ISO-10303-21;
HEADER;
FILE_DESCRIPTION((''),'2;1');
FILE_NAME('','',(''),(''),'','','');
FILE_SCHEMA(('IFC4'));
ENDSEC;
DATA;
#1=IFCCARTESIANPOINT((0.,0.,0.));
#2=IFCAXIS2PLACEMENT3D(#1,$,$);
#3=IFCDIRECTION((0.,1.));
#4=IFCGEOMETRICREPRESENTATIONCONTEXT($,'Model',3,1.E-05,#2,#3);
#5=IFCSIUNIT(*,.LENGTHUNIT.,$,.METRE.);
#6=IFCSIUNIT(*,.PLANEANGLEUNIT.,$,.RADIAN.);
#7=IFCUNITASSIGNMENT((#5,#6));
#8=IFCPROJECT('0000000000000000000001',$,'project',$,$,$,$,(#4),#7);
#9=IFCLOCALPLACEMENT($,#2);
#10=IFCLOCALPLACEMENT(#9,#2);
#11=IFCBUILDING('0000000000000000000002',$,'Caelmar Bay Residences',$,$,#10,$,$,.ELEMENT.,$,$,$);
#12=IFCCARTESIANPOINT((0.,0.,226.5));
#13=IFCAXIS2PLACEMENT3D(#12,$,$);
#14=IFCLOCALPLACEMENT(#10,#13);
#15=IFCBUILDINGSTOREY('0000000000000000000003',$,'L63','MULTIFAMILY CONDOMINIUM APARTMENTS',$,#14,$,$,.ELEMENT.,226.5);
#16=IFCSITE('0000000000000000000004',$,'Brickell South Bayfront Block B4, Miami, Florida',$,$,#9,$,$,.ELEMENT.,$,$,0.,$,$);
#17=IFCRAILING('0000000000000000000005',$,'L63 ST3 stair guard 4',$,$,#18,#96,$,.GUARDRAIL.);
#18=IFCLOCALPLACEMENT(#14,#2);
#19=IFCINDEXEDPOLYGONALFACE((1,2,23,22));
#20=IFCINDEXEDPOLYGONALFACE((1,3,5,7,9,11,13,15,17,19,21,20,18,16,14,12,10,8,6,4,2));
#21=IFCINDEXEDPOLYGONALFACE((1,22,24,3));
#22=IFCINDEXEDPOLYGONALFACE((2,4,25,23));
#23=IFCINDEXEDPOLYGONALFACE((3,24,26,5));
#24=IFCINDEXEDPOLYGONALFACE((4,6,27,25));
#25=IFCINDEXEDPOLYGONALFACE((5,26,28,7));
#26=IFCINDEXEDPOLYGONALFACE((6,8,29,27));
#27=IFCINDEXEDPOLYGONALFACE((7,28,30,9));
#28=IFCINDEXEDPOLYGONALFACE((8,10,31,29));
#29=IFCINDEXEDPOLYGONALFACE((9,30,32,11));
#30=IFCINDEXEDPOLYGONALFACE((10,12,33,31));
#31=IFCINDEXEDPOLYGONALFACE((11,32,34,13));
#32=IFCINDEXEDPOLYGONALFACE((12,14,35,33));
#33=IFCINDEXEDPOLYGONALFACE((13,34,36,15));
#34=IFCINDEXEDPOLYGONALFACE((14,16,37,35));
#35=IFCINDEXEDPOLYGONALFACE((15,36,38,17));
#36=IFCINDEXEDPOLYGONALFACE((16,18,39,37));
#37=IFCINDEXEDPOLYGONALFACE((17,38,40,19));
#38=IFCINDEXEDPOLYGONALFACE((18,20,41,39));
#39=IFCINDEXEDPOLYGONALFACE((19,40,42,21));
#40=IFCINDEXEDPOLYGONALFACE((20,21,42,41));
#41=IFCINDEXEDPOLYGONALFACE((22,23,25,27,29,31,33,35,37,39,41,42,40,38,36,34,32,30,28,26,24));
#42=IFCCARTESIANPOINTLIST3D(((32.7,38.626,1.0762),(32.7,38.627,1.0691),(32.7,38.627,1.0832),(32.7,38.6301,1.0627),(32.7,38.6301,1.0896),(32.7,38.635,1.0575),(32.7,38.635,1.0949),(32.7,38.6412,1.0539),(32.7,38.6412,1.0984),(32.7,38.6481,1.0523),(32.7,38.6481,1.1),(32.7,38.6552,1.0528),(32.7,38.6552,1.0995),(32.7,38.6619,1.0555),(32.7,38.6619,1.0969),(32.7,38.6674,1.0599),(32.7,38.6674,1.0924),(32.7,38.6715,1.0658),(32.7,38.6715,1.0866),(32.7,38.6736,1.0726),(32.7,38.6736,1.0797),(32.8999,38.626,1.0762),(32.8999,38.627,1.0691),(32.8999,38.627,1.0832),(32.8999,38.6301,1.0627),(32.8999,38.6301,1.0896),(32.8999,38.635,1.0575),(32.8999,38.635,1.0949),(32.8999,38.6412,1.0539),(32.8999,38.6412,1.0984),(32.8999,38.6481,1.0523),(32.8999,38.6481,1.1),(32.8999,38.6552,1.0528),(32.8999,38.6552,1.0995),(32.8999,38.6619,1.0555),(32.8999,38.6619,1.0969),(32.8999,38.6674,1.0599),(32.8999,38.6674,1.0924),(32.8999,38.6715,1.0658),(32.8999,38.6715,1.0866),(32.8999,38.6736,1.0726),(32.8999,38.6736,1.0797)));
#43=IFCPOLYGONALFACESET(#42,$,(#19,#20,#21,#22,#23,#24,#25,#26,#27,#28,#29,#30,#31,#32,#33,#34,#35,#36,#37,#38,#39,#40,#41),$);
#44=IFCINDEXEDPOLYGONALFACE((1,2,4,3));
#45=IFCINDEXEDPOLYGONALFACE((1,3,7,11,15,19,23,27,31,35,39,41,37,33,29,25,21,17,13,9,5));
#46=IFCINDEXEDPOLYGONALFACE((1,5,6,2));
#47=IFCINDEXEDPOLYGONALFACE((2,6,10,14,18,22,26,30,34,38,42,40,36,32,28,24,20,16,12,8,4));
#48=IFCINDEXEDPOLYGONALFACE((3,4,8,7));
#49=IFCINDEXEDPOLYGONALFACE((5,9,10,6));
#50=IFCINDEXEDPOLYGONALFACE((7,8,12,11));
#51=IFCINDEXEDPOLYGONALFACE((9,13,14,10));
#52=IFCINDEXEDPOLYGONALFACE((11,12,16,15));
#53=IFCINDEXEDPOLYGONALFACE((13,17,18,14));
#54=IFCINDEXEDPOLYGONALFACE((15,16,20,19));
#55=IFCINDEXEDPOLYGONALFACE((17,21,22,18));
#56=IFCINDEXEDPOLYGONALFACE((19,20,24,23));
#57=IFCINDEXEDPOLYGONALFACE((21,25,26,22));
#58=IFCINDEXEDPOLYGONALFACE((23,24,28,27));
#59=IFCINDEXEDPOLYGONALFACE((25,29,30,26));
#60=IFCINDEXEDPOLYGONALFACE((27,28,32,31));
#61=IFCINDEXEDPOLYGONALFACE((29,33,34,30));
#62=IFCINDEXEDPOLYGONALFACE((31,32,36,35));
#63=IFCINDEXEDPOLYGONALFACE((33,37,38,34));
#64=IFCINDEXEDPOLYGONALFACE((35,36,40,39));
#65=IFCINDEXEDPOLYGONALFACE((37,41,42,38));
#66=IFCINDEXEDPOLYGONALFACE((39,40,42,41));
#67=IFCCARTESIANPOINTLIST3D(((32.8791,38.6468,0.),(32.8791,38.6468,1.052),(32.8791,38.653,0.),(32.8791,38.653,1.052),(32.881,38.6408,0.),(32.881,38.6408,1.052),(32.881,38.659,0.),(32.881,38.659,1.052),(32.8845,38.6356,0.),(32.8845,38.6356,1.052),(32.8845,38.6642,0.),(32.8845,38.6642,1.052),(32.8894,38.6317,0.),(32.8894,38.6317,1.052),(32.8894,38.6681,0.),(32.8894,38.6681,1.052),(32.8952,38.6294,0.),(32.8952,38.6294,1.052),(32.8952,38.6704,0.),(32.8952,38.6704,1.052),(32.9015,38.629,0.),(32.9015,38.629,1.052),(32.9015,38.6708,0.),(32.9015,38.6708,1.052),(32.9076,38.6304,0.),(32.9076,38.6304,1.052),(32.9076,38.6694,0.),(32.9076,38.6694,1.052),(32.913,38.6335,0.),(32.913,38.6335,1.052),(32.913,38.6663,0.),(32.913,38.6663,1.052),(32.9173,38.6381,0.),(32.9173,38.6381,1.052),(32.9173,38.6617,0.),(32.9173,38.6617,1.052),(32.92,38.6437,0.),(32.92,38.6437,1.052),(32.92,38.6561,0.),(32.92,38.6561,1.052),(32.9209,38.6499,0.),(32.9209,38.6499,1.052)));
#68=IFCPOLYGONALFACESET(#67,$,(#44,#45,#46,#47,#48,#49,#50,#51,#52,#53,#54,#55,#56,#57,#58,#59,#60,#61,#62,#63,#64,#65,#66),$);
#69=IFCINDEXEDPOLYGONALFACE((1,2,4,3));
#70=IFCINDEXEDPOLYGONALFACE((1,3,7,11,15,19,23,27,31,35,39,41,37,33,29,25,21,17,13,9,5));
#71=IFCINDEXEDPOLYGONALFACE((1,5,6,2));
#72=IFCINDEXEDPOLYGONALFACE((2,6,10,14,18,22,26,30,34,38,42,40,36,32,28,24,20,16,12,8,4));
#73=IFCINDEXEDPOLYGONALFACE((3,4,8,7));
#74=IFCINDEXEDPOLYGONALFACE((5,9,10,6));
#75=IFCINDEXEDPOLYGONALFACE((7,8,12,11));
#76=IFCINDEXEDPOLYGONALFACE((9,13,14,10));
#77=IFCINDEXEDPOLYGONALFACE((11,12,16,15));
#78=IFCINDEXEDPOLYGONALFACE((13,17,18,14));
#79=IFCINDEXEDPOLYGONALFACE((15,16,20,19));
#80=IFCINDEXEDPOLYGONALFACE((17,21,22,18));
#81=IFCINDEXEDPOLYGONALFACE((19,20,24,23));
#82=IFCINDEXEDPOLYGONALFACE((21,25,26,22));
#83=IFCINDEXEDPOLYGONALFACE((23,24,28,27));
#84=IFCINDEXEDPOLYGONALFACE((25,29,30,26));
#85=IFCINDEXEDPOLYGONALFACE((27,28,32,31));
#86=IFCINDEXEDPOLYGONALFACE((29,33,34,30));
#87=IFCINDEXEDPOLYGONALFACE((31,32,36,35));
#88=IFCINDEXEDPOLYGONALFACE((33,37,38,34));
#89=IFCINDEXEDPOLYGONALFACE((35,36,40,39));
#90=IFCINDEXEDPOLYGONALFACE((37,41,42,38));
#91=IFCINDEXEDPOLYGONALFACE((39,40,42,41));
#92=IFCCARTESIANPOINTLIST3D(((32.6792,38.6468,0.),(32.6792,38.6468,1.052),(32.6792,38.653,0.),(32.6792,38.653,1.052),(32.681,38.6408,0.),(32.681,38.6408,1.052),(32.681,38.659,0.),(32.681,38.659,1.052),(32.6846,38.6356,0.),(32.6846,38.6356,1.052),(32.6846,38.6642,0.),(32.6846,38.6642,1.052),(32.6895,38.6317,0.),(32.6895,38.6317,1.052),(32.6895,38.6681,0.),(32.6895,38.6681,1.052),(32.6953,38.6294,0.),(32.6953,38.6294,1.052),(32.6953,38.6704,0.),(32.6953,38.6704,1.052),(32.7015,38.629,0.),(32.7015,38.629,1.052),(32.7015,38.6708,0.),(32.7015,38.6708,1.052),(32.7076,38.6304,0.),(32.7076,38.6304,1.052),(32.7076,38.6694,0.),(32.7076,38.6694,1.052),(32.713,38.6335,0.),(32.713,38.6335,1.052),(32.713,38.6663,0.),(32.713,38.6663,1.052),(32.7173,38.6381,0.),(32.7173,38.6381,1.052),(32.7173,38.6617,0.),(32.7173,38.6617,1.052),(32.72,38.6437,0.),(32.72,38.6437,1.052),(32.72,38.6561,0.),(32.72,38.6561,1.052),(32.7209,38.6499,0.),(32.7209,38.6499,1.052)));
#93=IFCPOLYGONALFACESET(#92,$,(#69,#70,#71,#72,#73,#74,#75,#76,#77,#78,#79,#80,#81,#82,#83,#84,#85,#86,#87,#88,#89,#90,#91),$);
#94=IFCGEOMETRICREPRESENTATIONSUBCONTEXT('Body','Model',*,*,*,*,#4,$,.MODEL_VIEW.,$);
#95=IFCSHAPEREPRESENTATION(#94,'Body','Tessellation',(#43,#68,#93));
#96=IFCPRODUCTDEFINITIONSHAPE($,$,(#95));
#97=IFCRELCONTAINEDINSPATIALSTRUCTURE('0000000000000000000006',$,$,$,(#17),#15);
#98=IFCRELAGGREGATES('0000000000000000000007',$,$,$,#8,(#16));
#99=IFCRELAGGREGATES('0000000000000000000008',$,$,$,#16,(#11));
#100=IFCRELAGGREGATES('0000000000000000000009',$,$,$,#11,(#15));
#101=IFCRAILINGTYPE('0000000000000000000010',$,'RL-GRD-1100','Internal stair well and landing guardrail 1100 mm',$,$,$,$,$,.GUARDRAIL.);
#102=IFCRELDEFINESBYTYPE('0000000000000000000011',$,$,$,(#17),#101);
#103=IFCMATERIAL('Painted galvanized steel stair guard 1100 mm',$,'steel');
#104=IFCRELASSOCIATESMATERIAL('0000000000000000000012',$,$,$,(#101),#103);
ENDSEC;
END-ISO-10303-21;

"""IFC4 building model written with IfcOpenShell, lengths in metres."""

from ifc_helpers import new_model, si_unit, direction, frame, origin, origin_2d, place, context, subcontext, project, spatial, circle, extrude, material, type_object, element, save


model = new_model("IFC4")

# Units and contexts
model_context = context("Model", 3, precision=1e-05, world=origin(), true_north=direction((0.0, 1.0)))
body_context = subcontext(model_context, "Body", "Model", "MODEL_VIEW")
ifc_project = project(units=[si_unit("LENGTHUNIT", "METRE"), si_unit("PLANEANGLEUNIT", "RADIAN")], contexts=[model_context])

# Site, building, storey
site_placement = place(None, origin())
site = spatial("IfcSite", under=ifc_project, at=site_placement, Name="Brickell South Bayfront Block B4, Miami, Florida", CompositionType="ELEMENT", RefElevation=0.0)
building_placement = place(site_placement, origin())
building = spatial("IfcBuilding", under=site, at=building_placement, Name="Caelmar Bay Residences", CompositionType="ELEMENT")
storey_placement = place(building_placement, frame((0.0, 0.0, 226.5)))
storey = spatial("IfcBuildingStorey", under=building, at=storey_placement, Name="L63", Description="MULTIFAMILY CONDOMINIUM APARTMENTS", CompositionType="ELEMENT", Elevation=226.5)

# Railing
ifc_material_1 = material(Name="Painted galvanized steel stair guard 1100 mm", Category="steel")
railing_type_1 = type_object("IfcRailingType", Name="RL-GRD-1100", Description="Internal stair well and landing guardrail 1100 mm", PredefinedType="GUARDRAIL", material=ifc_material_1)
railing_1_placement = place(storey_placement, frame((32.8999, 38.6499, 0.0)))
element("IfcRailing", 1, at=railing_1_placement, inside=storey, type_object=railing_type_1, Name="L63 ST3 stair guard 4", PredefinedType="GUARDRAIL", context=body_context, shape_type="SweptSolid", body=[
    extrude(circle(Radius=0.0239, at=origin_2d()), frame((0.0, 0.0, 1.0762), z_axis=(-1.0, 0.0, 0.0), x_axis=(0.0, -1.0, 0.0)), (0.0, 0.0, 1.0), 0.2),
    extrude(circle(Radius=0.021, at=origin_2d()), origin(), (0.0, 0.0, 1.0), 1.052),
    extrude(circle(Radius=0.021, at=origin_2d()), frame((-0.2, 0.0, 0.0)), (0.0, 0.0, 1.0), 1.052),
])

save(model, "model.ifc")
